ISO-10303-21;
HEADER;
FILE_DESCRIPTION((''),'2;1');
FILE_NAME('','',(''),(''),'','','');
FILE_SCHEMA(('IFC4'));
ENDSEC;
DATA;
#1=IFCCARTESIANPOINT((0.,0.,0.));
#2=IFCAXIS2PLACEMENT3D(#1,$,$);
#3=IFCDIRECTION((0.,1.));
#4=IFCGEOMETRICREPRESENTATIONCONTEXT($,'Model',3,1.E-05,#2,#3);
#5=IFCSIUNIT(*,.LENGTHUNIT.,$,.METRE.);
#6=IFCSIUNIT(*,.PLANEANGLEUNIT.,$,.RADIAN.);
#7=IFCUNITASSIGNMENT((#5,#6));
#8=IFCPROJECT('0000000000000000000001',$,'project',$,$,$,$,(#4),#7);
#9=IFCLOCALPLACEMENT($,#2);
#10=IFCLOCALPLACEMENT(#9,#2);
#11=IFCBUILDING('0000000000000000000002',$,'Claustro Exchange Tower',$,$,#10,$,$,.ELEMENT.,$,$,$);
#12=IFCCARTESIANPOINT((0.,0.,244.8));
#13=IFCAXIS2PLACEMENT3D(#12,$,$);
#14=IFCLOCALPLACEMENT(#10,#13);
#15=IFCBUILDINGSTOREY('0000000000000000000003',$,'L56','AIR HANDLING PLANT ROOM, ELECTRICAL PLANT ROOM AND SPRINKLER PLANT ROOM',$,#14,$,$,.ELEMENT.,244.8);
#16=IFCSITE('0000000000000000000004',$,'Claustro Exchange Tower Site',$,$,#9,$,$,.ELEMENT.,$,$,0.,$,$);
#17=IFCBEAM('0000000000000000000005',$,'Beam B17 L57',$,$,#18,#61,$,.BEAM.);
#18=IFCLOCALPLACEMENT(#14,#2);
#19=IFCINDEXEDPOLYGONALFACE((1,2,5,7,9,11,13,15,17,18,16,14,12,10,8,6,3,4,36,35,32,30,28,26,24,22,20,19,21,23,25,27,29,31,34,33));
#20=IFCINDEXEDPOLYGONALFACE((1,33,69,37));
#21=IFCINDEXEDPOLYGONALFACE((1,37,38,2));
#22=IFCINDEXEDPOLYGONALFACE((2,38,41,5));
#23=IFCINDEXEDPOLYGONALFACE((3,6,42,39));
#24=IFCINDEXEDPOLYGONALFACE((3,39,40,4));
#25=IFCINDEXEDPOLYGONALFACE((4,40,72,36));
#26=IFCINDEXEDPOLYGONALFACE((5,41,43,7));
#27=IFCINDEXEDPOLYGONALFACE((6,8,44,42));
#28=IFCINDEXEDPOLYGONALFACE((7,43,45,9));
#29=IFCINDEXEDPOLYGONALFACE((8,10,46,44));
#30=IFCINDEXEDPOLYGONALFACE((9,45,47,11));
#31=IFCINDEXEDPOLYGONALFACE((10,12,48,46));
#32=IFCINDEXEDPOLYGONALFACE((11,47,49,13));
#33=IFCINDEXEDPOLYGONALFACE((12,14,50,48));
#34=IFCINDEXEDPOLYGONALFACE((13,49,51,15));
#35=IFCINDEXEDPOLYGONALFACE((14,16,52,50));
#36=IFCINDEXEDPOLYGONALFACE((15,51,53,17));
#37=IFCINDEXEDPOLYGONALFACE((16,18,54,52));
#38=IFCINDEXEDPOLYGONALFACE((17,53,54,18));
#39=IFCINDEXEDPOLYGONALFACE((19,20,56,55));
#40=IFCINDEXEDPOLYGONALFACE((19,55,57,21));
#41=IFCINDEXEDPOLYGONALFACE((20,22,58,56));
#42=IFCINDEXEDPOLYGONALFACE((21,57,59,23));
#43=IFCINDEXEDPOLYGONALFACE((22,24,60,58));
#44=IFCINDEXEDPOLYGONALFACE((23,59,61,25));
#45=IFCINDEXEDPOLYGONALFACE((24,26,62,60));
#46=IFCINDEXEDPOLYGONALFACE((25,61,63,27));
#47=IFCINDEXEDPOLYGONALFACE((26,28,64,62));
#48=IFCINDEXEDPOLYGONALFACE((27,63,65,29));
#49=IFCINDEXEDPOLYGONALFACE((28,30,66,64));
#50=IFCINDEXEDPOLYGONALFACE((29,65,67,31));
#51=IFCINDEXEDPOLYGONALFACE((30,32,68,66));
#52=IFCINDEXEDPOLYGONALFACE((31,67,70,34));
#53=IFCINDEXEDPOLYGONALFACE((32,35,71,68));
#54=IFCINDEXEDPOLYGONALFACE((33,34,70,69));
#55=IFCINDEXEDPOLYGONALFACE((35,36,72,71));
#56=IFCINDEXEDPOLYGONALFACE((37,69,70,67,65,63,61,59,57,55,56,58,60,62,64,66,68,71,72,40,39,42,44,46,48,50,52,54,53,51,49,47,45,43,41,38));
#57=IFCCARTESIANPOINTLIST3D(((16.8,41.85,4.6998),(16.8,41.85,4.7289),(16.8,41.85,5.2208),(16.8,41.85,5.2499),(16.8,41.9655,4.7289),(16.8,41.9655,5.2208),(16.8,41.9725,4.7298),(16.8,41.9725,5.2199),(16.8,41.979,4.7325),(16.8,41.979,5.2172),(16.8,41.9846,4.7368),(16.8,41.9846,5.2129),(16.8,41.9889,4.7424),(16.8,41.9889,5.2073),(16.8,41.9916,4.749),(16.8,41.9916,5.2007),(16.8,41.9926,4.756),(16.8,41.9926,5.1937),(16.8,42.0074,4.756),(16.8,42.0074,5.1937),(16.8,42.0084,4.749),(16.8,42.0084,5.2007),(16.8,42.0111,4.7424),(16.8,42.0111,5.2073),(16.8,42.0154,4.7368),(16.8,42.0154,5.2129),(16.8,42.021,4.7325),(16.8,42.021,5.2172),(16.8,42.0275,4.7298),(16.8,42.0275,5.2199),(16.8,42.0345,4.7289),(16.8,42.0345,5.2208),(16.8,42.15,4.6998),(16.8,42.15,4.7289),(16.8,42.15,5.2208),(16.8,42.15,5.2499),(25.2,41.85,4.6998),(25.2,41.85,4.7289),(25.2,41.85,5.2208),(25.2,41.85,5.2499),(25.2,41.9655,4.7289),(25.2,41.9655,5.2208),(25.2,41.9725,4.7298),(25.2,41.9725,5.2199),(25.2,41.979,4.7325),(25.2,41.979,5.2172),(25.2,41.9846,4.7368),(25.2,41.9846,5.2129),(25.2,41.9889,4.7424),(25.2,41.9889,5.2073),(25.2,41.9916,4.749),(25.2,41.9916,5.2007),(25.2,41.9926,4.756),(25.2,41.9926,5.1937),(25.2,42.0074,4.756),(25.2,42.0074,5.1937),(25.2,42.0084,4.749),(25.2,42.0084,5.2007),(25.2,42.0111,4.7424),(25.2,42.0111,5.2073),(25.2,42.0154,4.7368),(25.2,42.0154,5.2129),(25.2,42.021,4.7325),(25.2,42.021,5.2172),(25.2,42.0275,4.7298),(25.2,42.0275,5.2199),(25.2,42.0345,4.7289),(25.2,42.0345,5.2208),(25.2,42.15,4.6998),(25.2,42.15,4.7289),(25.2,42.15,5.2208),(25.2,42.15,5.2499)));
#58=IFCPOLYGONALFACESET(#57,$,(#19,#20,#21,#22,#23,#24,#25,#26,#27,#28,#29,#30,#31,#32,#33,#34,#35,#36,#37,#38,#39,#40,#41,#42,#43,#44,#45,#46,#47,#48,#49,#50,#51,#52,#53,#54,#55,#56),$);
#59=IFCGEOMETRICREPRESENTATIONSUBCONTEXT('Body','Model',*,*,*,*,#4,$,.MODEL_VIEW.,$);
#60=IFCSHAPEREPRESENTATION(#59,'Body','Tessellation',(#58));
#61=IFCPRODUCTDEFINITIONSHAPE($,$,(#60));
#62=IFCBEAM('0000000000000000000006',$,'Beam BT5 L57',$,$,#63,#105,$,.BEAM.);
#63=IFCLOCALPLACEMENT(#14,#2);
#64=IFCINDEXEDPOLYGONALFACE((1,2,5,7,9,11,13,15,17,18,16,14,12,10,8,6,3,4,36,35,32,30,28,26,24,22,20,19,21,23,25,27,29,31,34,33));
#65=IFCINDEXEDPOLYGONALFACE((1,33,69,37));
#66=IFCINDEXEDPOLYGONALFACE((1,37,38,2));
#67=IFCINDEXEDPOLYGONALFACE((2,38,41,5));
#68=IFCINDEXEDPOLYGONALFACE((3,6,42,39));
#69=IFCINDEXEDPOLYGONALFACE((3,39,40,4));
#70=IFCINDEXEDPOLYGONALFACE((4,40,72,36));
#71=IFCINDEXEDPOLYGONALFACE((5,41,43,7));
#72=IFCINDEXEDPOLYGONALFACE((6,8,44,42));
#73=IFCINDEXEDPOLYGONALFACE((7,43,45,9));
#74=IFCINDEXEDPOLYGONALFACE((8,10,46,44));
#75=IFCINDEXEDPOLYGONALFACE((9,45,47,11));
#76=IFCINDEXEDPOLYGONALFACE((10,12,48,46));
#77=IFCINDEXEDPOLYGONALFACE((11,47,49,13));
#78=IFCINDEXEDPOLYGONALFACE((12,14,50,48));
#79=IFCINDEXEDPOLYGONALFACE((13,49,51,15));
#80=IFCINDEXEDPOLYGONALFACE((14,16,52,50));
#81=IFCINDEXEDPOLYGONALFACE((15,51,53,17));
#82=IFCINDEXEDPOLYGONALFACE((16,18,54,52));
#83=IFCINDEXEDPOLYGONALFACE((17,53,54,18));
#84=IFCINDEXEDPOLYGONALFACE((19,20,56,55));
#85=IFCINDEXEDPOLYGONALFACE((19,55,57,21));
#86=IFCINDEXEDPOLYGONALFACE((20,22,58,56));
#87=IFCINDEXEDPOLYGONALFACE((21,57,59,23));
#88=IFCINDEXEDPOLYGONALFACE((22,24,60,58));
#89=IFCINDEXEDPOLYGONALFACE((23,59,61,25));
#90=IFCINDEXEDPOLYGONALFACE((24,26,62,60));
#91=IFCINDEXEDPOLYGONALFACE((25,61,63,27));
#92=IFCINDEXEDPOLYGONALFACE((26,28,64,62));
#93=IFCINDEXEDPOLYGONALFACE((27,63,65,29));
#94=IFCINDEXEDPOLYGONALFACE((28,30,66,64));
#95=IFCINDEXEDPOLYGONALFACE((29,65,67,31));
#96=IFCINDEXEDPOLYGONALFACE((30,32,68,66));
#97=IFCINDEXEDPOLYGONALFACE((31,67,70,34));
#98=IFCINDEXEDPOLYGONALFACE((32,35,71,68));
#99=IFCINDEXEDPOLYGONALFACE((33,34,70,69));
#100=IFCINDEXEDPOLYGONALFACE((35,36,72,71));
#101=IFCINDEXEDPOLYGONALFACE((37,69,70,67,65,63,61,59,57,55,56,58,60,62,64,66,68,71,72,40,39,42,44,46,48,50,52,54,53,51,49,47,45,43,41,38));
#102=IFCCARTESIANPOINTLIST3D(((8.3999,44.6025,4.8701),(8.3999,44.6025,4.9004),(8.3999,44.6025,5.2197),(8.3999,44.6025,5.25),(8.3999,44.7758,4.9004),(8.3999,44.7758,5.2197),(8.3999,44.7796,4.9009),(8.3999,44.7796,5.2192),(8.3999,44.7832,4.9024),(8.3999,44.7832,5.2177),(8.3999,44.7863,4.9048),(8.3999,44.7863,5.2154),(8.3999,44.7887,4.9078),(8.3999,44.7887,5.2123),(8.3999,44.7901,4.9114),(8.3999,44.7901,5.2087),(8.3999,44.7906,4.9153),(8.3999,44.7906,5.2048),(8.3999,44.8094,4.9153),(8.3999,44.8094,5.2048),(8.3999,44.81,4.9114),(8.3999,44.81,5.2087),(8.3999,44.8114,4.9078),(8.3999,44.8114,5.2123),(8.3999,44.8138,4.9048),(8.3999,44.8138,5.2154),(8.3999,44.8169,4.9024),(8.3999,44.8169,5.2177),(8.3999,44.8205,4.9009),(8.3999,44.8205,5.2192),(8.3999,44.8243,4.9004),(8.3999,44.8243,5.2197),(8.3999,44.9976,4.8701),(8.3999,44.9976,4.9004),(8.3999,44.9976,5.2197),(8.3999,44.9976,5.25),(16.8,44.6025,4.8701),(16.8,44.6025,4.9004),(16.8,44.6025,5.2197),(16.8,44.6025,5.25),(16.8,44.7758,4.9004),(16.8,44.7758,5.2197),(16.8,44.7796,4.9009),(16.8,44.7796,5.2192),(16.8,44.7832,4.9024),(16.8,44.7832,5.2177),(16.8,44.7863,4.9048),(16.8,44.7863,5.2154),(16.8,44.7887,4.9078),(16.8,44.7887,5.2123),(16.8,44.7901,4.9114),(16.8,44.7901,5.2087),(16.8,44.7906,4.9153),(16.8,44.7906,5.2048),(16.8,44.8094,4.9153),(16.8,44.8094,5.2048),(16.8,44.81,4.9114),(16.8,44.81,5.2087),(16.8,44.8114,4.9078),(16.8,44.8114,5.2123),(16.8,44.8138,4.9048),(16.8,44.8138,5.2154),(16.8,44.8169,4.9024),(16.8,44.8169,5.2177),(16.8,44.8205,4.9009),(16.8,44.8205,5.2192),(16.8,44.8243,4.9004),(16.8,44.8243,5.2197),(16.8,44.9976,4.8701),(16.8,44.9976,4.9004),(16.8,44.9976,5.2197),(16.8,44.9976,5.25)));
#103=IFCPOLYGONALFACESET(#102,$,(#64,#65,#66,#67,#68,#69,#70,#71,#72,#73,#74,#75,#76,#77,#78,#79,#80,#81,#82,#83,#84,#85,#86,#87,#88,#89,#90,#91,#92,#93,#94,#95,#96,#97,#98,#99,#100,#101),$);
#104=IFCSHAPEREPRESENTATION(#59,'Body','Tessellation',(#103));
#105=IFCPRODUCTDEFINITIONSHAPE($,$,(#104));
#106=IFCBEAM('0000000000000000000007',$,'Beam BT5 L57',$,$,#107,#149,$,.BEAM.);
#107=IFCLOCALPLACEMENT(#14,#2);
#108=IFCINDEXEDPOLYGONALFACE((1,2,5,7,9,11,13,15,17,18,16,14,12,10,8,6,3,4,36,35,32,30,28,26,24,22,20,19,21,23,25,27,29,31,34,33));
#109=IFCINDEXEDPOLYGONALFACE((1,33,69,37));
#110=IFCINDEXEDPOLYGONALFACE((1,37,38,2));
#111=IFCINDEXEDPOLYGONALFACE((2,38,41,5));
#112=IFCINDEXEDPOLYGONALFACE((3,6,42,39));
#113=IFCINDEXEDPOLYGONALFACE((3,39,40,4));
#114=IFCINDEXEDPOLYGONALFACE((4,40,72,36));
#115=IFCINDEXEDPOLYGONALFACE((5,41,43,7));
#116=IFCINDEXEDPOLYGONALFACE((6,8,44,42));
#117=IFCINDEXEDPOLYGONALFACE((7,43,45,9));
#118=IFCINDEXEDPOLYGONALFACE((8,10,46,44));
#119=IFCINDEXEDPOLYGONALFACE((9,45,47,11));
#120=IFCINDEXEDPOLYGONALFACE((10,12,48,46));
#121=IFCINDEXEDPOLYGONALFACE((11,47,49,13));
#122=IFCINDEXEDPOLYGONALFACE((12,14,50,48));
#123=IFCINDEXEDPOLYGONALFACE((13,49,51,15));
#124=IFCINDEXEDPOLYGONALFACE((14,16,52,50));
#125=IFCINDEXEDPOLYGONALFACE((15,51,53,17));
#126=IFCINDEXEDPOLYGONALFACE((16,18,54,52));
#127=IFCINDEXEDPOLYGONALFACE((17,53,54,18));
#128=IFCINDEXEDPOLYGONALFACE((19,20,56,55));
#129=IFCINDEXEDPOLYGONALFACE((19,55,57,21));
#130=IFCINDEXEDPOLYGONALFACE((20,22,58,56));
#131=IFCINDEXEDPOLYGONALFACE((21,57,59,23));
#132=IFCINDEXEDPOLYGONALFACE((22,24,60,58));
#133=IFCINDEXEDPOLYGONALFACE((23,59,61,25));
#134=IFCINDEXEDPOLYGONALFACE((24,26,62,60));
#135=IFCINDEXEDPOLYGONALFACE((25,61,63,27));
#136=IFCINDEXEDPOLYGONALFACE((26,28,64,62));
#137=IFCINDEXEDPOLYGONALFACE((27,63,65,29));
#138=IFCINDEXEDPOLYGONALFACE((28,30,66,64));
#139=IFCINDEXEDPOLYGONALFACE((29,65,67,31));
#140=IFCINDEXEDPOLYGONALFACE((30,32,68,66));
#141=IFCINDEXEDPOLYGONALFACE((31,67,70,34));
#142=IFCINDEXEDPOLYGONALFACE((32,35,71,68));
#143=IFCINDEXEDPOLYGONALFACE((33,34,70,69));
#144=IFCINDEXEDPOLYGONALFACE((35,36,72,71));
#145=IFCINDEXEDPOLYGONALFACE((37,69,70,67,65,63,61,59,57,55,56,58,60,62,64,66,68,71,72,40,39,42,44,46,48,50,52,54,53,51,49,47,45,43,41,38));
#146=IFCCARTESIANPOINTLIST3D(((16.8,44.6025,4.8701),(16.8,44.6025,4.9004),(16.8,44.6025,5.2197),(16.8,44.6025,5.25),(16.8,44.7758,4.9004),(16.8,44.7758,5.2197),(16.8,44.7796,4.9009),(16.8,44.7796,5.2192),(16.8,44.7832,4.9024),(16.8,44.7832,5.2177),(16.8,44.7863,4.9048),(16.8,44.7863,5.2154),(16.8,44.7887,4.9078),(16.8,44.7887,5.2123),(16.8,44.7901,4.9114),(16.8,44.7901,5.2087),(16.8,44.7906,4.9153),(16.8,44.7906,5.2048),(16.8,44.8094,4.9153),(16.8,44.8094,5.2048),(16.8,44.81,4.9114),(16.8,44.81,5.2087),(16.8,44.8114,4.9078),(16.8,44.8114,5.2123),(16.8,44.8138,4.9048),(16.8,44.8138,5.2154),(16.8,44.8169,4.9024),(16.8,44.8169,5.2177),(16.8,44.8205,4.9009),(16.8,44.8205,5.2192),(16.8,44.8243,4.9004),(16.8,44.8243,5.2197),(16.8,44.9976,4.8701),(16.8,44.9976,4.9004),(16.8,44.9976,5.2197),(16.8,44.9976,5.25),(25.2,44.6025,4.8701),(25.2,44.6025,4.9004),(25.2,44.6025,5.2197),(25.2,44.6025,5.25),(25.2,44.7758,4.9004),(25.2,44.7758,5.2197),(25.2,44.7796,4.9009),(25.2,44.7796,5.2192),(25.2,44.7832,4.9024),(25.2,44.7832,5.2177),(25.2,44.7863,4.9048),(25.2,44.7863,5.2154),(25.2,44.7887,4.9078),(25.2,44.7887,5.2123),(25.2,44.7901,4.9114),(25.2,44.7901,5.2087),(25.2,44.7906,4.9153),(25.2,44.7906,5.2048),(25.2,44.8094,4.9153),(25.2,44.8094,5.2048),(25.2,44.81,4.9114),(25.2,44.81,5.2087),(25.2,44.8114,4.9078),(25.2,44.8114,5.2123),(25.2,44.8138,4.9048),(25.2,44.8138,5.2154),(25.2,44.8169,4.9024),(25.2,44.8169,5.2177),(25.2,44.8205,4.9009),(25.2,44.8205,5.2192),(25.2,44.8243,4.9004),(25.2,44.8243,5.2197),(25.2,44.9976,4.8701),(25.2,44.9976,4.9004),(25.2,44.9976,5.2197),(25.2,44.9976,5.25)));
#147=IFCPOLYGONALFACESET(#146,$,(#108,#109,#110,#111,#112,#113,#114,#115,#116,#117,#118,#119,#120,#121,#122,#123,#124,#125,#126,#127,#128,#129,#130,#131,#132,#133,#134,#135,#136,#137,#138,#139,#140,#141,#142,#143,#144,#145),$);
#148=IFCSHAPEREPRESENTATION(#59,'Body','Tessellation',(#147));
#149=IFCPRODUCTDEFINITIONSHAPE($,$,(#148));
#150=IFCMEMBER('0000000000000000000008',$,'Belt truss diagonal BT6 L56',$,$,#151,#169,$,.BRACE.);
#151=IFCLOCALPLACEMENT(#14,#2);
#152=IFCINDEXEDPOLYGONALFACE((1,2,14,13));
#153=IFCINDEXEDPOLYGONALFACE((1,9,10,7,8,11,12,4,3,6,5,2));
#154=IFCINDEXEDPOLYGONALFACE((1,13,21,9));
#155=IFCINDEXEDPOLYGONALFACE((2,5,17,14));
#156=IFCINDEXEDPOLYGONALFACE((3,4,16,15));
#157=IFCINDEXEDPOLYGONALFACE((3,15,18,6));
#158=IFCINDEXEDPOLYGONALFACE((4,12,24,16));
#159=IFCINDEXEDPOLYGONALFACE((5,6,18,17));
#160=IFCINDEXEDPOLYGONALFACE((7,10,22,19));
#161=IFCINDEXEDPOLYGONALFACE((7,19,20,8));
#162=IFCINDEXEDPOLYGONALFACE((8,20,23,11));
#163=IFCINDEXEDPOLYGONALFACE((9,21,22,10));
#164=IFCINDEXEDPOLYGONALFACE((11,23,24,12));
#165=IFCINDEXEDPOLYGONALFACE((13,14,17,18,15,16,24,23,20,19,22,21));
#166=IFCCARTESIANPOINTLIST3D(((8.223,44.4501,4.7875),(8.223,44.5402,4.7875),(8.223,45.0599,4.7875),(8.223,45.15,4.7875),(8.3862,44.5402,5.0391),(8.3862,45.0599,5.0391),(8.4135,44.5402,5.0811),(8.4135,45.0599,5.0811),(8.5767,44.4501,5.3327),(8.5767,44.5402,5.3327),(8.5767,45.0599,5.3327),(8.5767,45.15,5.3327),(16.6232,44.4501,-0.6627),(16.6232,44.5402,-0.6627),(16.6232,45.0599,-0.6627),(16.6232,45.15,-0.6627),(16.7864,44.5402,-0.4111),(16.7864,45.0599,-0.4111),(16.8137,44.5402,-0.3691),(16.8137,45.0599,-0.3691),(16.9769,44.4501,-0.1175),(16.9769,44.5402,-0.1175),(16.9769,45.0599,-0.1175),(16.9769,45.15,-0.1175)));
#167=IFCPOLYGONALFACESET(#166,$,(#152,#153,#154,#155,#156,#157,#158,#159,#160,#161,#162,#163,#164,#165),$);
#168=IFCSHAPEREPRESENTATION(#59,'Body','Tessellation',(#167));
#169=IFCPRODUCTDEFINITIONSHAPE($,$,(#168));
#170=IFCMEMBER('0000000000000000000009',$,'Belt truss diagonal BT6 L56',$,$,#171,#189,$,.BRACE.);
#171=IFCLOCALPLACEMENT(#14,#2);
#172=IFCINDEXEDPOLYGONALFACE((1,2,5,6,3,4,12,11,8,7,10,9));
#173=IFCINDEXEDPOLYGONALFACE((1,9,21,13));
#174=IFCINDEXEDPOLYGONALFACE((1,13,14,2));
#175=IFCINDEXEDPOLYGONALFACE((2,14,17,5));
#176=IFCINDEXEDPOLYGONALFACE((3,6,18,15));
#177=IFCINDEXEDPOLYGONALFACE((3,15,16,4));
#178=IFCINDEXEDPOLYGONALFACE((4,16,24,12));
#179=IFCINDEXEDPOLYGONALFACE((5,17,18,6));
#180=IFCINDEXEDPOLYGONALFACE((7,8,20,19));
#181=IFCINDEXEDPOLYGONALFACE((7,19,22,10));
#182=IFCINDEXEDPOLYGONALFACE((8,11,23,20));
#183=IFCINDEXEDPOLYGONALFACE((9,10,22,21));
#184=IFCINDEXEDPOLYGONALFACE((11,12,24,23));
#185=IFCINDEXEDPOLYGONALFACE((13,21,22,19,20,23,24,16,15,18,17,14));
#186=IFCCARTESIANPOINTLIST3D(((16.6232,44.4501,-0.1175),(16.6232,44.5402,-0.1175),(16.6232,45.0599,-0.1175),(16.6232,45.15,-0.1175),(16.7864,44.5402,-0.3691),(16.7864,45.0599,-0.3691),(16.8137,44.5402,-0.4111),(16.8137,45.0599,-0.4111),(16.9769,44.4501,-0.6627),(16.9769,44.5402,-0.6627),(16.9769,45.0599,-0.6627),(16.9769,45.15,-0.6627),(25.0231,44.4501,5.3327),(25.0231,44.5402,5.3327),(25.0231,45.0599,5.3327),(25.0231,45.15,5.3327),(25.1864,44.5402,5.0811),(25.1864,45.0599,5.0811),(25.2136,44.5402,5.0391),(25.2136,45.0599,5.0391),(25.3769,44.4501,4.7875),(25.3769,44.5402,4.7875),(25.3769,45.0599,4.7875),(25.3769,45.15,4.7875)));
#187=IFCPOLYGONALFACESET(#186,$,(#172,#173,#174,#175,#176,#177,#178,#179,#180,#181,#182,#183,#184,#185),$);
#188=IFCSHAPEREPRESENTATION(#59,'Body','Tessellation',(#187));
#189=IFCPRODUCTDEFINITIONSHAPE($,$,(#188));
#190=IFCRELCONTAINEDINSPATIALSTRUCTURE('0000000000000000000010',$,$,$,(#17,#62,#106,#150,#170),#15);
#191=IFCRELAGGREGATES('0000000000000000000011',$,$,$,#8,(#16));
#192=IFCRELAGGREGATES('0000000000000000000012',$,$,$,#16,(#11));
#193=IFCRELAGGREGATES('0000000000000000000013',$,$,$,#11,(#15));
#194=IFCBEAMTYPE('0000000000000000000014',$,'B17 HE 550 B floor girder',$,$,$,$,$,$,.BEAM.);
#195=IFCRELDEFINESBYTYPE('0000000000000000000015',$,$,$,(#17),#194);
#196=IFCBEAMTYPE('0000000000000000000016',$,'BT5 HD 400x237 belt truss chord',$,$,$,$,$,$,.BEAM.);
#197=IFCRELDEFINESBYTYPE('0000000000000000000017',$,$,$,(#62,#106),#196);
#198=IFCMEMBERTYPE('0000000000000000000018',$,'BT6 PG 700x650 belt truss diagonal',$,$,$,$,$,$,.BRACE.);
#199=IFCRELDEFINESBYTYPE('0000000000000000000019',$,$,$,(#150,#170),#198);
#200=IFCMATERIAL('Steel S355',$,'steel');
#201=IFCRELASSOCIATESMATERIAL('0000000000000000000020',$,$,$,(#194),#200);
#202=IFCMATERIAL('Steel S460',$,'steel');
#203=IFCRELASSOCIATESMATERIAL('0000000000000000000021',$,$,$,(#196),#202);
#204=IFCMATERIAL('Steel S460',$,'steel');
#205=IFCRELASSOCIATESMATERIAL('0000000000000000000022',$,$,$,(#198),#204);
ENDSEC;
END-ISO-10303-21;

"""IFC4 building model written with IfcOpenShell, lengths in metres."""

from ifc_helpers import new_model, si_unit, direction, frame, origin, origin_2d, place, context, subcontext, project, spatial, i_section, extrude, material, material_profile, profile_set, type_object, element, save


model = new_model("IFC4")

# Units and contexts
model_context = context("Model", 3, precision=1e-05, world=origin(), true_north=direction((0.0, 1.0)))
body_context = subcontext(model_context, "Body", "Model", "MODEL_VIEW")
ifc_project = project(units=[si_unit("LENGTHUNIT", "METRE"), si_unit("PLANEANGLEUNIT", "RADIAN")], contexts=[model_context])

# Site, building, storey
site_placement = place(None, origin())
site = spatial("IfcSite", under=ifc_project, at=site_placement, Name="Claustro Exchange Tower Site", CompositionType="ELEMENT", RefElevation=0.0)
building_placement = place(site_placement, origin())
building = spatial("IfcBuilding", under=site, at=building_placement, Name="Claustro Exchange Tower", CompositionType="ELEMENT")
storey_placement = place(building_placement, frame((0.0, 0.0, 244.8)))
storey = spatial("IfcBuildingStorey", under=building, at=storey_placement, Name="L56", Description="AIR HANDLING PLANT ROOM, ELECTRICAL PLANT ROOM AND SPRINKLER PLANT ROOM", CompositionType="ELEMENT", Elevation=244.8)

# Beams
ifc_material_1 = material(Name="Steel S355", Category="steel")
ifc_material_profile_1 = material_profile(ifc_material_1, i_section(OverallWidth=0.3, OverallDepth=0.55, WebThickness=0.0149, FlangeThickness=0.0291, FilletRadius=0.0271, at=origin_2d()), Name="HE 550 B")
ifc_profile_set_1 = profile_set([ifc_material_profile_1], Name="Steel S355")
beam_type_1 = type_object("IfcBeamType", Name="B17 HE 550 B floor girder", PredefinedType="BEAM", material=ifc_profile_set_1)
beam_1_placement = place(storey_placement, frame((16.8, 42.0, 4.9749), z_axis=(1.0, 0.0, 0.0), x_axis=(0.0, 1.0, 0.0)))
element("IfcBeam", 1, at=beam_1_placement, inside=storey, type_object=beam_type_1, Name="Beam B17 L57", PredefinedType="BEAM", context=body_context, shape_type="SweptSolid", body=[
    extrude(i_section(OverallWidth=0.3, OverallDepth=0.55, WebThickness=0.0149, FlangeThickness=0.0291, FilletRadius=0.0271, at=origin_2d()), origin(), (0.0, 0.0, 1.0), 8.3999),
])
ifc_material_2 = material(Name="Steel S460", Category="steel")
ifc_material_profile_2 = material_profile(ifc_material_2, i_section(OverallWidth=0.395, OverallDepth=0.3799, WebThickness=0.0188, FlangeThickness=0.0303, FilletRadius=0.0149, at=origin_2d()), Name="HD 400x237")
ifc_profile_set_2 = profile_set([ifc_material_profile_2], Name="Steel S460")
beam_type_2 = type_object("IfcBeamType", Name="BT5 HD 400x237 belt truss chord", PredefinedType="BEAM", material=ifc_profile_set_2)
beam_2_placement = place(storey_placement, frame((8.3999, 44.8, 5.0601), z_axis=(1.0, 0.0, 0.0), x_axis=(0.0, 1.0, 0.0)))
element("IfcBeam", 2, at=beam_2_placement, inside=storey, type_object=beam_type_2, Name="Beam BT5 L57", PredefinedType="BEAM", context=body_context, shape_type="SweptSolid", body=[
    extrude(i_section(OverallWidth=0.395, OverallDepth=0.3799, WebThickness=0.0188, FlangeThickness=0.0303, FilletRadius=0.0149, at=origin_2d()), origin(), (0.0, 0.0, 1.0), 8.4001),
])
beam_3_placement = place(storey_placement, frame((16.8, 44.8, 5.0601), z_axis=(1.0, 0.0, 0.0), x_axis=(0.0, 1.0, 0.0)))
element("IfcBeam", 3, at=beam_3_placement, inside=storey, type_object=beam_type_2, Name="Beam BT5 L57", PredefinedType="BEAM", context=body_context, shape_type="SweptSolid", body=[
    extrude(i_section(OverallWidth=0.395, OverallDepth=0.3799, WebThickness=0.0188, FlangeThickness=0.0303, FilletRadius=0.0149, at=origin_2d()), origin(), (0.0, 0.0, 1.0), 8.3999),
])

# Members
ifc_material_3 = material(Name="Steel S460", Category="steel")
ifc_material_profile_3 = material_profile(ifc_material_3, i_section(OverallWidth=0.6499, OverallDepth=0.7, WebThickness=0.05, FlangeThickness=0.0901, at=origin_2d()), Name="PG 700x650")
ifc_profile_set_3 = profile_set([ifc_material_profile_3], Name="Steel S460")
member_type_1 = type_object("IfcMemberType", Name="BT6 PG 700x650 belt truss diagonal", PredefinedType="BRACE", material=ifc_profile_set_3)
member_1_placement = place(storey_placement, frame((16.8, 44.8, -0.3901), z_axis=(-0.838895, 0.0, 0.544293), x_axis=(0.544293, 0.0, 0.838895)))
element("IfcMember", 4, at=member_1_placement, inside=storey, type_object=member_type_1, Name="Belt truss diagonal BT6 L56", PredefinedType="BRACE", context=body_context, shape_type="SweptSolid", body=[
    extrude(i_section(OverallWidth=0.6499, OverallDepth=0.7, WebThickness=0.05, FlangeThickness=0.0901, at=origin_2d()), origin(), (0.0, 0.0, 1.0), 10.0134),
])
member_2_placement = place(storey_placement, frame((16.8, 44.8, -0.3901), z_axis=(0.838888, 0.0, 0.544304), x_axis=(-0.544304, 0.0, 0.838888)))
element("IfcMember", 5, at=member_2_placement, inside=storey, type_object=member_type_1, Name="Belt truss diagonal BT6 L56", PredefinedType="BRACE", context=body_context, shape_type="SweptSolid", body=[
    extrude(i_section(OverallWidth=0.6499, OverallDepth=0.7, WebThickness=0.05, FlangeThickness=0.0901, at=origin_2d()), origin(), (0.0, 0.0, 1.0), 10.0132),
])

save(model, "model.ifc")
